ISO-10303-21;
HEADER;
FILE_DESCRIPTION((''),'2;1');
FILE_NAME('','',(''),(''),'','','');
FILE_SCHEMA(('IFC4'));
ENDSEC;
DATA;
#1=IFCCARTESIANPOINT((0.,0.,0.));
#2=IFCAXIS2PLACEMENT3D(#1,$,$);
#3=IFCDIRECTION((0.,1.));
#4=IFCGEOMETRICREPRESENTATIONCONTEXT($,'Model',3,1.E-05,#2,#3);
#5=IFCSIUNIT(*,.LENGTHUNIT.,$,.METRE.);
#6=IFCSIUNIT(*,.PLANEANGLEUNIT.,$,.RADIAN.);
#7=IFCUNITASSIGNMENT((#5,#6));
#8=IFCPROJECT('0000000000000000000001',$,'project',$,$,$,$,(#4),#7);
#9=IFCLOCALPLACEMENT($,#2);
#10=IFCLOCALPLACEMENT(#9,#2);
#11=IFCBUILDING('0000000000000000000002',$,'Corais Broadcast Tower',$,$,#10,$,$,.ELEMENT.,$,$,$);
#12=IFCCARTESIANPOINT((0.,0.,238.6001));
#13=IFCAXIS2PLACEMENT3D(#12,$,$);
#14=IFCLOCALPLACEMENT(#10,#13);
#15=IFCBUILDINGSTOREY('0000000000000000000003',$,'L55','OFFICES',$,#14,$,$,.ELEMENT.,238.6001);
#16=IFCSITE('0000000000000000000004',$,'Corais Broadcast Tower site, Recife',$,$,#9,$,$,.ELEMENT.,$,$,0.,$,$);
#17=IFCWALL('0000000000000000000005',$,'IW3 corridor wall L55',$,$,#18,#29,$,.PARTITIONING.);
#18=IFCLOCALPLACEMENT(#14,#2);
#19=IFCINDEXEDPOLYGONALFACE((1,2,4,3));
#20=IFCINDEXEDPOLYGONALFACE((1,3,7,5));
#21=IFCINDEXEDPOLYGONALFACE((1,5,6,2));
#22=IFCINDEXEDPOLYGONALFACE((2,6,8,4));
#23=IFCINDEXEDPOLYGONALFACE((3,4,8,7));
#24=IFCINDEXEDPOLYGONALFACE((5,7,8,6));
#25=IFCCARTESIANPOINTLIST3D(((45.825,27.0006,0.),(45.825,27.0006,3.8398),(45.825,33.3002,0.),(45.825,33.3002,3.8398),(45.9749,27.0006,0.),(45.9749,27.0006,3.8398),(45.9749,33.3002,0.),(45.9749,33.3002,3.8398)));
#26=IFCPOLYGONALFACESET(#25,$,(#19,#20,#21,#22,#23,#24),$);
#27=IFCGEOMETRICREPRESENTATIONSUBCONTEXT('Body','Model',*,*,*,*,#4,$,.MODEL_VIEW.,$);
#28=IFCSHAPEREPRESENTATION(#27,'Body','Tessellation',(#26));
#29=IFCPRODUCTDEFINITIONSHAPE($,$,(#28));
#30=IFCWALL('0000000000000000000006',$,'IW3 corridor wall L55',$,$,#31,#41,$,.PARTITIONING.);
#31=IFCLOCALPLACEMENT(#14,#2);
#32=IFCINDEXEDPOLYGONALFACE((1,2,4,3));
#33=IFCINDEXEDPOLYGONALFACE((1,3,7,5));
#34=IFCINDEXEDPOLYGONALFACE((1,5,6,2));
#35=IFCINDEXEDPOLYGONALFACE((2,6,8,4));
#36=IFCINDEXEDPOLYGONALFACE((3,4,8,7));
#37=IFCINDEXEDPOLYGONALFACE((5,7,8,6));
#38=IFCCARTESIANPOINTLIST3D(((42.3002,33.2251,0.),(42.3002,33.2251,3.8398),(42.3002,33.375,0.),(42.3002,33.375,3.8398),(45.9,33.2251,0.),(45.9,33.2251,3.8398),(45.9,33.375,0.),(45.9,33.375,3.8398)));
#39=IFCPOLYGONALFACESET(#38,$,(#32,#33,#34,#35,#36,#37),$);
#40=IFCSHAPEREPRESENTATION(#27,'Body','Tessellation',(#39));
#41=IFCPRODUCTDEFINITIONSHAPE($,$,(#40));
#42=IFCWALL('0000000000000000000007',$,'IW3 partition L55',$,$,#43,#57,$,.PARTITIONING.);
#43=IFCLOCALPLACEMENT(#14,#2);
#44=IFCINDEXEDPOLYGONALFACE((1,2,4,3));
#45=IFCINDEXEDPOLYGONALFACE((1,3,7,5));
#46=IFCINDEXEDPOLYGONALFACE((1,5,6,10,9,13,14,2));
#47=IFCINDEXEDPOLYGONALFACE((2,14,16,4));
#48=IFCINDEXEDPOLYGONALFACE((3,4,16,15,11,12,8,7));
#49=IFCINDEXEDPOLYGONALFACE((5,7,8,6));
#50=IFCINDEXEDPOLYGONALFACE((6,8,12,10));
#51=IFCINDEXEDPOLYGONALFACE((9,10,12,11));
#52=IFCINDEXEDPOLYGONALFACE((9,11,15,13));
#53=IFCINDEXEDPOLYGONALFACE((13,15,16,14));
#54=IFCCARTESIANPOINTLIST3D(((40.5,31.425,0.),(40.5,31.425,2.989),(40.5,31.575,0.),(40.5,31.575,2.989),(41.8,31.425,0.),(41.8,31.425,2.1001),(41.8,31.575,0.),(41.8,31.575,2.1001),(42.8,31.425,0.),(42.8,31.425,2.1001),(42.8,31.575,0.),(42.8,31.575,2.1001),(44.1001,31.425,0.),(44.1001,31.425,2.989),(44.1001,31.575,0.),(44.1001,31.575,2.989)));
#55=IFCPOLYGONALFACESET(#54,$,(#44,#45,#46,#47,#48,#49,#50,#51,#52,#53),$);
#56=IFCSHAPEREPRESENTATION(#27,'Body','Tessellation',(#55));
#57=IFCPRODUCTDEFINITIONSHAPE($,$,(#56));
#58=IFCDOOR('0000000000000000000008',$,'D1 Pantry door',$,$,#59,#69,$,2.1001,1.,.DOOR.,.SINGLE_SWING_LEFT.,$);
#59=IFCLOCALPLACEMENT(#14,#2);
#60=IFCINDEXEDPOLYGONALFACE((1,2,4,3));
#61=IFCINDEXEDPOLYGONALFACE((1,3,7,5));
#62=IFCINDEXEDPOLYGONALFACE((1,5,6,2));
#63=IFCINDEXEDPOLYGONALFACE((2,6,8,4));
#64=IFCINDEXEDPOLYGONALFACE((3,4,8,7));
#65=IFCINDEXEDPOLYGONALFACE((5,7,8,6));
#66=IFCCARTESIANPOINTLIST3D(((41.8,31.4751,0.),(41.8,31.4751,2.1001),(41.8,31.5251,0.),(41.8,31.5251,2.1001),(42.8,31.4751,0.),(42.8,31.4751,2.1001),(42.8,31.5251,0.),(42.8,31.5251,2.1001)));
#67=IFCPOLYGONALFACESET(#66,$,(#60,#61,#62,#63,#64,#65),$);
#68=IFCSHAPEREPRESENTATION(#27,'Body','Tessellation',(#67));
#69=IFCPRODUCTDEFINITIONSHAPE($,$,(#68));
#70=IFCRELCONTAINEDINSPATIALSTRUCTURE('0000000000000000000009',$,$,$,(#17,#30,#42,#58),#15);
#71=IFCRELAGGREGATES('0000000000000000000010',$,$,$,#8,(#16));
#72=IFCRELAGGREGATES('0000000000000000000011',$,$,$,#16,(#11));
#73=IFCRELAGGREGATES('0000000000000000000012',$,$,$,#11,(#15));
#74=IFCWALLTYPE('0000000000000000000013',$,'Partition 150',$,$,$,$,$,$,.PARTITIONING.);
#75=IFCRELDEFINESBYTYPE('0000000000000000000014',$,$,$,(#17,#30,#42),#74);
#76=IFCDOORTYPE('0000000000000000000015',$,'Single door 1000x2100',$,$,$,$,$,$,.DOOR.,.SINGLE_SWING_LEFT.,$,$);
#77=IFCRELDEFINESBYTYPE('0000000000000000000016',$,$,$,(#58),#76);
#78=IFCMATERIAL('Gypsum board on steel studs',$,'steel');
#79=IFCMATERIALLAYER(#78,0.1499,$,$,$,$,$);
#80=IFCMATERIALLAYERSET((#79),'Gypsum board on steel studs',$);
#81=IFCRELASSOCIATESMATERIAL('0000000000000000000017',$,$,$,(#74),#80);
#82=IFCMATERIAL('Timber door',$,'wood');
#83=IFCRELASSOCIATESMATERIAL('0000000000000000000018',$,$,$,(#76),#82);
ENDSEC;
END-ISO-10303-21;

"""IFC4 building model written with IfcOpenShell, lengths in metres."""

from ifc_helpers import new_model, si_unit, direction, frame, frame_2d, origin, place, context, subcontext, project, spatial, rectangle, extrude, material, layer, layer_set, type_object, element, fill, save


model = new_model("IFC4")

# Units and contexts
model_context = context("Model", 3, precision=1e-05, world=origin(), true_north=direction((0.0, 1.0)))
body_context = subcontext(model_context, "Body", "Model", "MODEL_VIEW")
ifc_project = project(units=[si_unit("LENGTHUNIT", "METRE"), si_unit("PLANEANGLEUNIT", "RADIAN")], contexts=[model_context])

# Site, building, storey
site_placement = place(None, origin())
site = spatial("IfcSite", under=ifc_project, at=site_placement, Name="Corais Broadcast Tower site, Recife", CompositionType="ELEMENT", RefElevation=0.0)
building_placement = place(site_placement, origin())
building = spatial("IfcBuilding", under=site, at=building_placement, Name="Corais Broadcast Tower", CompositionType="ELEMENT")
storey_placement = place(building_placement, frame((0.0, 0.0, 238.6001)))
storey = spatial("IfcBuildingStorey", under=building, at=storey_placement, Name="L55", Description="OFFICES", CompositionType="ELEMENT", Elevation=238.6001)

# Shared definitions
ifc_material_1 = material(Name="Gypsum board on steel studs", Category="steel")
ifc_layer_1 = layer(ifc_material_1, 0.1499)
ifc_layer_set_1 = layer_set([ifc_layer_1], Name="Gypsum board on steel studs")
wall_type = type_object("IfcWallType", Name="Partition 150", PredefinedType="PARTITIONING", material=ifc_layer_set_1)
ifc_material_2 = material(Name="Timber door", Category="wood")
door_type = type_object("IfcDoorType", Name="Single door 1000x2100", OperationType="SINGLE_SWING_LEFT", PredefinedType="DOOR", material=ifc_material_2)

# Walls
wall_1_placement = place(storey_placement, frame((45.8999, 27.0005, 0.0), z_axis=(0.0, 0.0, 1.0), x_axis=(0.0, 1.0, 0.0)))
element("IfcWall", 1, at=wall_1_placement, inside=storey, type_object=wall_type, Name="IW3 corridor wall L55", PredefinedType="PARTITIONING", context=body_context, shape_type="SweptSolid", body=[
    extrude(rectangle(XDim=6.2996, YDim=0.1499, at=frame_2d((3.1499, 0.0))), origin(), (0.0, 0.0, 1.0), 3.8398),
])
wall_2_placement = place(storey_placement, frame((45.8999, 33.3, 0.0), z_axis=(0.0, 0.0, 1.0), x_axis=(-1.0, 0.0, 0.0)))
element("IfcWall", 2, at=wall_2_placement, inside=storey, type_object=wall_type, Name="IW3 corridor wall L55", PredefinedType="PARTITIONING", context=body_context, shape_type="SweptSolid", body=[
    extrude(rectangle(XDim=3.5999, YDim=0.1499, at=frame_2d((1.7998, 0.0))), origin(), (0.0, 0.0, 1.0), 3.8398),
])

# Wall, opening, door
wall_3_placement = place(storey_placement, frame((44.1001, 31.5, 0.0), z_axis=(0.0, 0.0, 1.0), x_axis=(-1.0, 0.0, 0.0)))
wall_3 = element("IfcWall", 3, at=wall_3_placement, inside=storey, type_object=wall_type, Name="IW3 partition L55", PredefinedType="PARTITIONING", context=body_context, shape_type="SweptSolid", body=[
    extrude(rectangle(XDim=3.6001, YDim=0.1499, at=frame_2d((1.8, 0.0))), origin(), (0.0, 0.0, 1.0), 2.989),
])
opening_1_placement = place(wall_3_placement, frame((1.3, 0.0, 0.0)))
opening_1 = element("IfcOpeningElement", 4, at=opening_1_placement, cuts=wall_3, PredefinedType="OPENING", context=body_context, shape_type="SweptSolid", body=[
    extrude(rectangle(XDim=1.0, YDim=2.1001, at=frame_2d((0.5, 1.05))), frame((0.0, 0.085, 0.0), z_axis=(0.0, -1.0, 0.0), x_axis=(1.0, 0.0, 0.0)), (0.0, 0.0, 1.0), 0.1699),
])
door_1_placement = place(opening_1_placement, origin())
door_1 = element("IfcDoor", 5, at=door_1_placement, inside=storey, type_object=door_type, Name="D1 Pantry door", OperationType="SINGLE_SWING_LEFT", OverallHeight=2.1001, OverallWidth=1.0, PredefinedType="DOOR", context=body_context, shape_type="SweptSolid", body=[
    extrude(rectangle(XDim=1.0, YDim=2.1001, at=frame_2d((0.5, 1.05))), frame((0.0, 0.0249, 0.0), z_axis=(0.0, -1.0, 0.0), x_axis=(1.0, 0.0, 0.0)), (0.0, 0.0, 1.0), 0.05),
])
fill(opening_1, door_1)

save(model, "model.ifc")
